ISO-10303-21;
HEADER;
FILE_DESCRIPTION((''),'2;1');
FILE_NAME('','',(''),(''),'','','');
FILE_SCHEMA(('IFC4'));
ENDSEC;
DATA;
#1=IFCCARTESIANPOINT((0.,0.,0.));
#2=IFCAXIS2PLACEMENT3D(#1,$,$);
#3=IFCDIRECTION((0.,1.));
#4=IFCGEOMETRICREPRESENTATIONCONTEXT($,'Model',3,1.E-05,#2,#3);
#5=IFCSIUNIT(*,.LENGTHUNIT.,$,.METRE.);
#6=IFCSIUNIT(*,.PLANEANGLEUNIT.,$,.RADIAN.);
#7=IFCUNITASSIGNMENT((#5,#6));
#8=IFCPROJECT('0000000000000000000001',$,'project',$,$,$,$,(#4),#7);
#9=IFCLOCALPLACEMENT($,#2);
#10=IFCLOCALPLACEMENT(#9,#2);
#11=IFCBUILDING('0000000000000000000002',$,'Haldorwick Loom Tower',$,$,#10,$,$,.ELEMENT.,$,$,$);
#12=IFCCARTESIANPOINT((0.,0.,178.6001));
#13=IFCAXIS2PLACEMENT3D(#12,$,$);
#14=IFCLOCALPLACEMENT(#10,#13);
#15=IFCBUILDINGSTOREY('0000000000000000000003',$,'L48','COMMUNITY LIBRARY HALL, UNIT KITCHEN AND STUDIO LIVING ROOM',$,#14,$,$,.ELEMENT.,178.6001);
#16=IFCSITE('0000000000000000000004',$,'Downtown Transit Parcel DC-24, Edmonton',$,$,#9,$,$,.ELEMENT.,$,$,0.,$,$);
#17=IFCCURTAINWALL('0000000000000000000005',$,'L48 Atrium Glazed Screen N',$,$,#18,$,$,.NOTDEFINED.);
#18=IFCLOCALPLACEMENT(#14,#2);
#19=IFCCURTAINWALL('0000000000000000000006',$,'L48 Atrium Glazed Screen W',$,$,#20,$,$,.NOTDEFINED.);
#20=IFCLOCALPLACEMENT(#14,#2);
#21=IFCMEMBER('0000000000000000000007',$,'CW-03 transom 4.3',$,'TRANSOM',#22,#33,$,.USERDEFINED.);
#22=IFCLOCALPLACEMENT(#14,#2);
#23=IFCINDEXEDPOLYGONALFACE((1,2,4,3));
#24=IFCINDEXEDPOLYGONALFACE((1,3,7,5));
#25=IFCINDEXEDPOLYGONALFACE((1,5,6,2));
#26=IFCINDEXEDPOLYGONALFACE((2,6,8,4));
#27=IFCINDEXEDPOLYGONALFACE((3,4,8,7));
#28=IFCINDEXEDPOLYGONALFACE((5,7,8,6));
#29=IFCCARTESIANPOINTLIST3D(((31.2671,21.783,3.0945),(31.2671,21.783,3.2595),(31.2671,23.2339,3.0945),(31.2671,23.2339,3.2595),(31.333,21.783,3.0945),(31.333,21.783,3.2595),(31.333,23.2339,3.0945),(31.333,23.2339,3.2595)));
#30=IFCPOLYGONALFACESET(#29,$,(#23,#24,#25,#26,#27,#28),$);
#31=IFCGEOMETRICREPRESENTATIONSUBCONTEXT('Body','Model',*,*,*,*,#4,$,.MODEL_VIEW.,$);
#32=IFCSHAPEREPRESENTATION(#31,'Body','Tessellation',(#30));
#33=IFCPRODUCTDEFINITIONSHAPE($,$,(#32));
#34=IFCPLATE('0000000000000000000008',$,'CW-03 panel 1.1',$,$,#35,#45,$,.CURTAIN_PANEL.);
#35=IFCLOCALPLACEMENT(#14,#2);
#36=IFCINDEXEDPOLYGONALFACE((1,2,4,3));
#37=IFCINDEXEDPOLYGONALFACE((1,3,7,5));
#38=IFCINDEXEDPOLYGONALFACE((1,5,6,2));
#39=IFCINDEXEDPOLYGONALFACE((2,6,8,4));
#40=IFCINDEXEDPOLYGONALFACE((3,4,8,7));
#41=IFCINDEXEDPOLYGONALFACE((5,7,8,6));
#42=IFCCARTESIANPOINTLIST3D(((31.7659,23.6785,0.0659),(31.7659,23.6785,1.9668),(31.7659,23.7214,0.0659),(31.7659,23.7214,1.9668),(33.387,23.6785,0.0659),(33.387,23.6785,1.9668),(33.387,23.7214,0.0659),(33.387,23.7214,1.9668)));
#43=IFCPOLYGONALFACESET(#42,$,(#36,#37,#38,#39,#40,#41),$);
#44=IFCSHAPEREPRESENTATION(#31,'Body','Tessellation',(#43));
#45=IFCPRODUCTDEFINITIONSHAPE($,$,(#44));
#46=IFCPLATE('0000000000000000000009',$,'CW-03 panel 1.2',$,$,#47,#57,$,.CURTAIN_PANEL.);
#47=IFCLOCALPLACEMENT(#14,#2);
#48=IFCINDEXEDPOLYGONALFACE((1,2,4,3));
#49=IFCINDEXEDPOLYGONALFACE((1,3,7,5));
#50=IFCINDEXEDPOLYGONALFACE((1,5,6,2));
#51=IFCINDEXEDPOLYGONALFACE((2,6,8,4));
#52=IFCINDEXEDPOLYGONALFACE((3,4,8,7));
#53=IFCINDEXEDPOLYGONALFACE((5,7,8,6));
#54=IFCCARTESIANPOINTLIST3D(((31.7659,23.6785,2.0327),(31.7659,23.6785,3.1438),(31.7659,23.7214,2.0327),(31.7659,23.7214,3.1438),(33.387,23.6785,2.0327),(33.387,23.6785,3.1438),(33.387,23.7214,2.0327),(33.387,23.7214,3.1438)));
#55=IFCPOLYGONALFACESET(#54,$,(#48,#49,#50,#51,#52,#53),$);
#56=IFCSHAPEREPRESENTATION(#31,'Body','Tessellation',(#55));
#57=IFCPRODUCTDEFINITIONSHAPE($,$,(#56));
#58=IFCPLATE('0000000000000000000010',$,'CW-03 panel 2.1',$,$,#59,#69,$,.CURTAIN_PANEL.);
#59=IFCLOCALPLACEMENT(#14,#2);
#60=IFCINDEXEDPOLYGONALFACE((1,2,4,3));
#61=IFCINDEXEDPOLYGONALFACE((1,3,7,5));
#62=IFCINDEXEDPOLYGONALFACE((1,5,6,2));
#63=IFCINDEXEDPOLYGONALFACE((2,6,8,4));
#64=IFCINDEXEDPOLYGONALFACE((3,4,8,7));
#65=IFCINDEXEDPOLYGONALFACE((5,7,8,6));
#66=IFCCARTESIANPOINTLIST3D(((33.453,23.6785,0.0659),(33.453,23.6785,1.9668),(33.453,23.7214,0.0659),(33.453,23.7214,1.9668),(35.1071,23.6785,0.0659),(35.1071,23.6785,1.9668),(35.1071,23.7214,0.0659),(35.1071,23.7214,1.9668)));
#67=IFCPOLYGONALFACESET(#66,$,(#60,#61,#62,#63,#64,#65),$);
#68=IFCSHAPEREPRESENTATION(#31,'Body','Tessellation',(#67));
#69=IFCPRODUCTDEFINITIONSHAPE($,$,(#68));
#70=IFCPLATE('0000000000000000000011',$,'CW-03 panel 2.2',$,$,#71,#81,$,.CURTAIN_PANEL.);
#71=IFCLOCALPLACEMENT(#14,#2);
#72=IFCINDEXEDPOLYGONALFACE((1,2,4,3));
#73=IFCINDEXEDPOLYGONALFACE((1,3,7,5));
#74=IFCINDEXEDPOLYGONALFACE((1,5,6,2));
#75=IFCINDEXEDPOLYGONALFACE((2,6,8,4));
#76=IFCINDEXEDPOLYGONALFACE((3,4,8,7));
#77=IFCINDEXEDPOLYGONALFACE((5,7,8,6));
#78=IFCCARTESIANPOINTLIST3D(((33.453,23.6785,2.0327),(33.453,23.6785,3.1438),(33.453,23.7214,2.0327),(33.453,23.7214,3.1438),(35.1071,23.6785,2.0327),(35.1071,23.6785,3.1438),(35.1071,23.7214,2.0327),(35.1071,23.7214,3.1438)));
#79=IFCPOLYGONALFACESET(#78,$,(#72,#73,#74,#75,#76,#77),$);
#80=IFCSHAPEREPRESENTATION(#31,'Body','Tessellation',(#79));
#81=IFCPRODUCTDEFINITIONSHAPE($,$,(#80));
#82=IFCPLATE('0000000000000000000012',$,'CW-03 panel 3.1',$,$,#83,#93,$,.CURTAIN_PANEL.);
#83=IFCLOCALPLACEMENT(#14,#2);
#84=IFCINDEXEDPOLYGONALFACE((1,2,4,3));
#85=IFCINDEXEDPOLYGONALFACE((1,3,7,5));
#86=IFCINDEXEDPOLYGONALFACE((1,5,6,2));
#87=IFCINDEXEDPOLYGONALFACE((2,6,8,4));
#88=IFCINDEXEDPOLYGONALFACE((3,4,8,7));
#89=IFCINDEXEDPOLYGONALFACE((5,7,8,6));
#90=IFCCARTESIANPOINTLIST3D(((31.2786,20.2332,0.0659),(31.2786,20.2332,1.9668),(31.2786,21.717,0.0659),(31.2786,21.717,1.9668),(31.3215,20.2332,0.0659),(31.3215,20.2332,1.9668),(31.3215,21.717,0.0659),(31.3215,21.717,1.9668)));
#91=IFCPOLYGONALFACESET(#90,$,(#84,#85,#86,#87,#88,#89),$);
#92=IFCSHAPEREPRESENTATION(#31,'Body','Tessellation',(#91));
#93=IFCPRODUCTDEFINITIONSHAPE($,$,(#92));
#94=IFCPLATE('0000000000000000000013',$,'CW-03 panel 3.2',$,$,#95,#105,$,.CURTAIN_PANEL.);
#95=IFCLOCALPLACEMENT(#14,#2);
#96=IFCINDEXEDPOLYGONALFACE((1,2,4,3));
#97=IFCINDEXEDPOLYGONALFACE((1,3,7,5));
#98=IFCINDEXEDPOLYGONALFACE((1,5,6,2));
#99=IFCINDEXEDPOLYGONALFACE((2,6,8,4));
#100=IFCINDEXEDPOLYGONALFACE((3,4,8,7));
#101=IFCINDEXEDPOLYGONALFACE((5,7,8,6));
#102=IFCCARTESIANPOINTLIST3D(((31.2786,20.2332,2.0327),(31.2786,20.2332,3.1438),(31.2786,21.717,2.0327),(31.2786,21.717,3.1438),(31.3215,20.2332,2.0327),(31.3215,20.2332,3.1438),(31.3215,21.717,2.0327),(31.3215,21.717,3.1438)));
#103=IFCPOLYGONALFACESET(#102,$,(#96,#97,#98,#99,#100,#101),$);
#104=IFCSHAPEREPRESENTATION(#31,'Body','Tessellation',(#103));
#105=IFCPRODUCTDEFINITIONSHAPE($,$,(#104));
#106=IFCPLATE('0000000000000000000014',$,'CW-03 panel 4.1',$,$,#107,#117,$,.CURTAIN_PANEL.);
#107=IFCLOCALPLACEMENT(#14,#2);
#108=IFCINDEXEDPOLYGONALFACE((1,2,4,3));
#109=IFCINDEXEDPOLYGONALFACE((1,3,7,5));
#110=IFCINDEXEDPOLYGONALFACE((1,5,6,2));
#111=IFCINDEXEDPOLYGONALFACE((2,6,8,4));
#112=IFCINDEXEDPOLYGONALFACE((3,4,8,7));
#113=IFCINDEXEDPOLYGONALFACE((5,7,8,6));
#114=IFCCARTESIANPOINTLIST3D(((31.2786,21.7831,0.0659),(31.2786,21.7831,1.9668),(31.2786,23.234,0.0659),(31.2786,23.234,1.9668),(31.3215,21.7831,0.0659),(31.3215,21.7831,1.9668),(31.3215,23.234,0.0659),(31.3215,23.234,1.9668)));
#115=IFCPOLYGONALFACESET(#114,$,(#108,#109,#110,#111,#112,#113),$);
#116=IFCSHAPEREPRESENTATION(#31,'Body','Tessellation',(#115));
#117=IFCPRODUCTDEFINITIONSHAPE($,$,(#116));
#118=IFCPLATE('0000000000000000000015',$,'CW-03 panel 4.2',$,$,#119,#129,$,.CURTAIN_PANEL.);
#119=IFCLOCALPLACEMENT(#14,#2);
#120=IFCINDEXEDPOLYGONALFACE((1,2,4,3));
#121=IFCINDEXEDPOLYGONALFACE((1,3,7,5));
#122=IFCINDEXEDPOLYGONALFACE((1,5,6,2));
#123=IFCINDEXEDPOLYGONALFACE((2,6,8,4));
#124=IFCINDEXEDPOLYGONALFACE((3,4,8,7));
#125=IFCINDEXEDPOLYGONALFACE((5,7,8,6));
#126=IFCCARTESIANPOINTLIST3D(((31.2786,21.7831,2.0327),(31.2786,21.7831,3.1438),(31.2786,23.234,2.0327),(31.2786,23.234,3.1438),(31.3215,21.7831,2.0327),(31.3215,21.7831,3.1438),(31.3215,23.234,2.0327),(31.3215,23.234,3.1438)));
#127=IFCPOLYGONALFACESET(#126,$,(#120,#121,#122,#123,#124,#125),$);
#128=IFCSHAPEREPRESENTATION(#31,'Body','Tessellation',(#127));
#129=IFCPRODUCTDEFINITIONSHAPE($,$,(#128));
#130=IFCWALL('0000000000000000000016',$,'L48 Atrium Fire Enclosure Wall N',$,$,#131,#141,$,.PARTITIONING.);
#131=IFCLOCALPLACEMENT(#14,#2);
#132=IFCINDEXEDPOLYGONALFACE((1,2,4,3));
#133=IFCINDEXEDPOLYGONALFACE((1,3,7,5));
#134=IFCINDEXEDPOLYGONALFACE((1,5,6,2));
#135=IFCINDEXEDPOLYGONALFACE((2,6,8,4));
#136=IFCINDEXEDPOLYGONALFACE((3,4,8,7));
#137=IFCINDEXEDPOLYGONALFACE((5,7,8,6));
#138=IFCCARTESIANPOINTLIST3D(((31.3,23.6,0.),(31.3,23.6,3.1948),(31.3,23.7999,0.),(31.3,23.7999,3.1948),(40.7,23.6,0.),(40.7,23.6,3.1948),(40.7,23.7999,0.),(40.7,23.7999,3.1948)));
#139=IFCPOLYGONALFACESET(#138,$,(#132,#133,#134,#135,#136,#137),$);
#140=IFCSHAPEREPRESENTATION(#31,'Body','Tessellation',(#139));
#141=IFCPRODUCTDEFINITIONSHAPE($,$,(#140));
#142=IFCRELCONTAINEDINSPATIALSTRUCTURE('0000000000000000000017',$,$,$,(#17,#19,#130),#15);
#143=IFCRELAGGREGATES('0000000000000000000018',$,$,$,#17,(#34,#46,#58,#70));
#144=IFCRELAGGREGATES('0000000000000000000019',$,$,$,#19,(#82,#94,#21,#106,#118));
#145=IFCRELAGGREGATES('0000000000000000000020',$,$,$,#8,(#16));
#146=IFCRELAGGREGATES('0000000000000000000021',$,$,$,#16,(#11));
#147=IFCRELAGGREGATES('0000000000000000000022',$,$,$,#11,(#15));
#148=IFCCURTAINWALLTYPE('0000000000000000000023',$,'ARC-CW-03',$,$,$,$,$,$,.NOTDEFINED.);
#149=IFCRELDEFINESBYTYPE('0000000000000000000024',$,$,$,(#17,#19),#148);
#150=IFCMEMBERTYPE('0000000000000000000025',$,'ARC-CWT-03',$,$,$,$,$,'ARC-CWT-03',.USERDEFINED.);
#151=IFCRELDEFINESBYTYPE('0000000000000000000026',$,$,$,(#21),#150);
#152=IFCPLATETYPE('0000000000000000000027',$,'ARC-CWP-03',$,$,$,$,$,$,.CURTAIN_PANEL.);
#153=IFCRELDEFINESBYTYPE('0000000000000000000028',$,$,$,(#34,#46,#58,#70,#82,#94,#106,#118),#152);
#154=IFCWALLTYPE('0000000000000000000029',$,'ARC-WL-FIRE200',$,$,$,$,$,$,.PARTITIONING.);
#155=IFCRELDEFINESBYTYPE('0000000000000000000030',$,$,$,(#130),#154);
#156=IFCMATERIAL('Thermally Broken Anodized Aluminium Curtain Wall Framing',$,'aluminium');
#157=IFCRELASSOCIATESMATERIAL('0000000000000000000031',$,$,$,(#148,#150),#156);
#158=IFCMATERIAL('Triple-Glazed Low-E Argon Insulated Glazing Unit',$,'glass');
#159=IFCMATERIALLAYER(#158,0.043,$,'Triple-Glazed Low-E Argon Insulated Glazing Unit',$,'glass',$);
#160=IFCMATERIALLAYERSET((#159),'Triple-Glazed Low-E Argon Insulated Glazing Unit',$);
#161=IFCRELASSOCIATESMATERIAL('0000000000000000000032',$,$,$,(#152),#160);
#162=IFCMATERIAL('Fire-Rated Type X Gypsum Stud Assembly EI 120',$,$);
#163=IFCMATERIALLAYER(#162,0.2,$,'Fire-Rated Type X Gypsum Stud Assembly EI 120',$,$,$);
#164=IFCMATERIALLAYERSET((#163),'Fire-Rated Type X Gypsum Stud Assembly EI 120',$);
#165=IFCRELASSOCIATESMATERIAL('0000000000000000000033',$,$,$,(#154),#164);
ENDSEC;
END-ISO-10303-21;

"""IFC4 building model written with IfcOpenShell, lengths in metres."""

from ifc_helpers import new_model, si_unit, direction, frame, frame_2d, origin, origin_2d, place, context, subcontext, project, spatial, rectangle, extrude, material, layer, layer_set, material_profile, profile_set, type_object, element, aggregate, save


model = new_model("IFC4")

# Units and contexts
model_context = context("Model", 3, precision=1e-05, world=origin(), true_north=direction((0.0, 1.0)))
body_context = subcontext(model_context, "Body", "Model", "MODEL_VIEW")
ifc_project = project(units=[si_unit("LENGTHUNIT", "METRE"), si_unit("PLANEANGLEUNIT", "RADIAN")], contexts=[model_context])

# Site, building, storey
site_placement = place(None, origin())
site = spatial("IfcSite", under=ifc_project, at=site_placement, Name="Downtown Transit Parcel DC-24, Edmonton", CompositionType="ELEMENT", RefElevation=0.0)
building_placement = place(site_placement, origin())
building = spatial("IfcBuilding", under=site, at=building_placement, Name="Haldorwick Loom Tower", CompositionType="ELEMENT")
storey_placement = place(building_placement, frame((0.0, 0.0, 178.6001)))
storey = spatial("IfcBuildingStorey", under=building, at=storey_placement, Name="L48", Description="COMMUNITY LIBRARY HALL, UNIT KITCHEN AND STUDIO LIVING ROOM", CompositionType="ELEMENT", Elevation=178.6001)

# Curtain walls
ifc_material_1 = material(Name="Thermally Broken Anodized Aluminium Curtain Wall Framing", Category="aluminium")
curtain_wall_type = type_object("IfcCurtainWallType", Name="ARC-CW-03", PredefinedType="NOTDEFINED", material=ifc_material_1)
curtain_wall_1_placement = place(storey_placement, origin())
curtain_wall_1 = element("IfcCurtainWall", 1, at=curtain_wall_1_placement, inside=storey, type_object=curtain_wall_type, Name="L48 Atrium Glazed Screen N", PredefinedType="NOTDEFINED")
curtain_wall_2_placement = place(storey_placement, origin())
curtain_wall_2 = element("IfcCurtainWall", 2, at=curtain_wall_2_placement, inside=storey, type_object=curtain_wall_type, Name="L48 Atrium Glazed Screen W", PredefinedType="NOTDEFINED")

# Member
ifc_material_profile_1 = material_profile(ifc_material_1, rectangle(XDim=0.0659, YDim=0.165, at=origin_2d()), Name="ALU_TRN_66X165", Category="aluminium")
ifc_profile_set_1 = profile_set([ifc_material_profile_1], Name="Thermally Broken Anodized Aluminium Curtain Wall Framing")
member_type_1 = type_object("IfcMemberType", Name="ARC-CWT-03", ElementType="ARC-CWT-03", PredefinedType="USERDEFINED", material=ifc_profile_set_1)
member_1_placement = place(storey_placement, frame((31.3, 21.783, 3.177), z_axis=(0.0, 1.0, 0.0), x_axis=(-1.0, 0.0, 0.0)))
member_1 = element("IfcMember", 3, at=member_1_placement, type_object=member_type_1, Name="CW-03 transom 4.3", ObjectType="TRANSOM", PredefinedType="USERDEFINED", context=body_context, shape_type="SweptSolid", body=[
    extrude(rectangle(XDim=0.0659, YDim=0.165, at=origin_2d()), origin(), (0.0, 0.0, 1.0), 1.4509),
])

# Plates
ifc_material_2 = material(Name="Triple-Glazed Low-E Argon Insulated Glazing Unit", Category="glass")
ifc_layer_1 = layer(ifc_material_2, 0.043, Name="Triple-Glazed Low-E Argon Insulated Glazing Unit", Category="glass")
ifc_layer_set_1 = layer_set([ifc_layer_1], Name="Triple-Glazed Low-E Argon Insulated Glazing Unit")
plate_type = type_object("IfcPlateType", Name="ARC-CWP-03", PredefinedType="CURTAIN_PANEL", material=ifc_layer_set_1)
plate_1_placement = place(storey_placement, frame((32.5764, 23.7, 0.0659), z_axis=(0.0, 0.0, 1.0), x_axis=(1.0, 0.0, 0.0)))
plate_1 = element("IfcPlate", 4, at=plate_1_placement, type_object=plate_type, Name="CW-03 panel 1.1", PredefinedType="CURTAIN_PANEL", context=body_context, shape_type="SweptSolid", body=[
    extrude(rectangle(XDim=1.6211, YDim=0.043, at=origin_2d()), origin(), (0.0, 0.0, 1.0), 1.9009),
])
plate_2_placement = place(storey_placement, frame((32.5764, 23.7, 2.0327), z_axis=(0.0, 0.0, 1.0), x_axis=(1.0, 0.0, 0.0)))
plate_2 = element("IfcPlate", 5, at=plate_2_placement, type_object=plate_type, Name="CW-03 panel 1.2", PredefinedType="CURTAIN_PANEL", context=body_context, shape_type="SweptSolid", body=[
    extrude(rectangle(XDim=1.6211, YDim=0.043, at=origin_2d()), origin(), (0.0, 0.0, 1.0), 1.1111),
])
plate_3_placement = place(storey_placement, frame((34.28, 23.7, 0.0659), z_axis=(0.0, 0.0, 1.0), x_axis=(1.0, 0.0, 0.0)))
plate_3 = element("IfcPlate", 6, at=plate_3_placement, type_object=plate_type, Name="CW-03 panel 2.1", PredefinedType="CURTAIN_PANEL", context=body_context, shape_type="SweptSolid", body=[
    extrude(rectangle(XDim=1.6541, YDim=0.043, at=origin_2d()), origin(), (0.0, 0.0, 1.0), 1.9009),
])
plate_4_placement = place(storey_placement, frame((34.28, 23.7, 2.0327), z_axis=(0.0, 0.0, 1.0), x_axis=(1.0, 0.0, 0.0)))
plate_4 = element("IfcPlate", 7, at=plate_4_placement, type_object=plate_type, Name="CW-03 panel 2.2", PredefinedType="CURTAIN_PANEL", context=body_context, shape_type="SweptSolid", body=[
    extrude(rectangle(XDim=1.6541, YDim=0.043, at=origin_2d()), origin(), (0.0, 0.0, 1.0), 1.1111),
])
aggregate(curtain_wall_1, [plate_1, plate_2, plate_3, plate_4])
plate_5_placement = place(storey_placement, frame((31.3, 20.9751, 0.0659), z_axis=(0.0, 0.0, 1.0), x_axis=(0.0, 1.0, 0.0)))
plate_5 = element("IfcPlate", 8, at=plate_5_placement, type_object=plate_type, Name="CW-03 panel 3.1", PredefinedType="CURTAIN_PANEL", context=body_context, shape_type="SweptSolid", body=[
    extrude(rectangle(XDim=1.4839, YDim=0.043, at=origin_2d()), origin(), (0.0, 0.0, 1.0), 1.9009),
])
plate_6_placement = place(storey_placement, frame((31.3, 20.9751, 2.0327), z_axis=(0.0, 0.0, 1.0), x_axis=(0.0, 1.0, 0.0)))
plate_6 = element("IfcPlate", 9, at=plate_6_placement, type_object=plate_type, Name="CW-03 panel 3.2", PredefinedType="CURTAIN_PANEL", context=body_context, shape_type="SweptSolid", body=[
    extrude(rectangle(XDim=1.4839, YDim=0.043, at=origin_2d()), origin(), (0.0, 0.0, 1.0), 1.1111),
])
plate_7_placement = place(storey_placement, frame((31.3, 22.5085, 0.0659), z_axis=(0.0, 0.0, 1.0), x_axis=(0.0, 1.0, 0.0)))
plate_7 = element("IfcPlate", 10, at=plate_7_placement, type_object=plate_type, Name="CW-03 panel 4.1", PredefinedType="CURTAIN_PANEL", context=body_context, shape_type="SweptSolid", body=[
    extrude(rectangle(XDim=1.4509, YDim=0.043, at=origin_2d()), origin(), (0.0, 0.0, 1.0), 1.9009),
])
plate_8_placement = place(storey_placement, frame((31.3, 22.5085, 2.0327), z_axis=(0.0, 0.0, 1.0), x_axis=(0.0, 1.0, 0.0)))
plate_8 = element("IfcPlate", 11, at=plate_8_placement, type_object=plate_type, Name="CW-03 panel 4.2", PredefinedType="CURTAIN_PANEL", context=body_context, shape_type="SweptSolid", body=[
    extrude(rectangle(XDim=1.4509, YDim=0.043, at=origin_2d()), origin(), (0.0, 0.0, 1.0), 1.1111),
])
aggregate(curtain_wall_2, [plate_5, plate_6, member_1, plate_7, plate_8])

# Wall
ifc_material_3 = material(Name="Fire-Rated Type X Gypsum Stud Assembly EI 120")
ifc_layer_2 = layer(ifc_material_3, 0.2, Name="Fire-Rated Type X Gypsum Stud Assembly EI 120")
ifc_layer_set_2 = layer_set([ifc_layer_2], Name="Fire-Rated Type X Gypsum Stud Assembly EI 120")
wall_type = type_object("IfcWallType", Name="ARC-WL-FIRE200", PredefinedType="PARTITIONING", material=ifc_layer_set_2)
wall_placement = place(storey_placement, frame((31.3, 23.7, 0.0), z_axis=(0.0, 0.0, 1.0), x_axis=(1.0, 0.0, 0.0)))
element("IfcWall", 12, at=wall_placement, inside=storey, type_object=wall_type, Name="L48 Atrium Fire Enclosure Wall N", PredefinedType="PARTITIONING", context=body_context, shape_type="SweptSolid", body=[
    extrude(rectangle(XDim=9.3999, YDim=0.2, at=frame_2d((4.7, 0.0))), origin(), (0.0, 0.0, 1.0), 3.1948),
])

save(model, "model.ifc")
